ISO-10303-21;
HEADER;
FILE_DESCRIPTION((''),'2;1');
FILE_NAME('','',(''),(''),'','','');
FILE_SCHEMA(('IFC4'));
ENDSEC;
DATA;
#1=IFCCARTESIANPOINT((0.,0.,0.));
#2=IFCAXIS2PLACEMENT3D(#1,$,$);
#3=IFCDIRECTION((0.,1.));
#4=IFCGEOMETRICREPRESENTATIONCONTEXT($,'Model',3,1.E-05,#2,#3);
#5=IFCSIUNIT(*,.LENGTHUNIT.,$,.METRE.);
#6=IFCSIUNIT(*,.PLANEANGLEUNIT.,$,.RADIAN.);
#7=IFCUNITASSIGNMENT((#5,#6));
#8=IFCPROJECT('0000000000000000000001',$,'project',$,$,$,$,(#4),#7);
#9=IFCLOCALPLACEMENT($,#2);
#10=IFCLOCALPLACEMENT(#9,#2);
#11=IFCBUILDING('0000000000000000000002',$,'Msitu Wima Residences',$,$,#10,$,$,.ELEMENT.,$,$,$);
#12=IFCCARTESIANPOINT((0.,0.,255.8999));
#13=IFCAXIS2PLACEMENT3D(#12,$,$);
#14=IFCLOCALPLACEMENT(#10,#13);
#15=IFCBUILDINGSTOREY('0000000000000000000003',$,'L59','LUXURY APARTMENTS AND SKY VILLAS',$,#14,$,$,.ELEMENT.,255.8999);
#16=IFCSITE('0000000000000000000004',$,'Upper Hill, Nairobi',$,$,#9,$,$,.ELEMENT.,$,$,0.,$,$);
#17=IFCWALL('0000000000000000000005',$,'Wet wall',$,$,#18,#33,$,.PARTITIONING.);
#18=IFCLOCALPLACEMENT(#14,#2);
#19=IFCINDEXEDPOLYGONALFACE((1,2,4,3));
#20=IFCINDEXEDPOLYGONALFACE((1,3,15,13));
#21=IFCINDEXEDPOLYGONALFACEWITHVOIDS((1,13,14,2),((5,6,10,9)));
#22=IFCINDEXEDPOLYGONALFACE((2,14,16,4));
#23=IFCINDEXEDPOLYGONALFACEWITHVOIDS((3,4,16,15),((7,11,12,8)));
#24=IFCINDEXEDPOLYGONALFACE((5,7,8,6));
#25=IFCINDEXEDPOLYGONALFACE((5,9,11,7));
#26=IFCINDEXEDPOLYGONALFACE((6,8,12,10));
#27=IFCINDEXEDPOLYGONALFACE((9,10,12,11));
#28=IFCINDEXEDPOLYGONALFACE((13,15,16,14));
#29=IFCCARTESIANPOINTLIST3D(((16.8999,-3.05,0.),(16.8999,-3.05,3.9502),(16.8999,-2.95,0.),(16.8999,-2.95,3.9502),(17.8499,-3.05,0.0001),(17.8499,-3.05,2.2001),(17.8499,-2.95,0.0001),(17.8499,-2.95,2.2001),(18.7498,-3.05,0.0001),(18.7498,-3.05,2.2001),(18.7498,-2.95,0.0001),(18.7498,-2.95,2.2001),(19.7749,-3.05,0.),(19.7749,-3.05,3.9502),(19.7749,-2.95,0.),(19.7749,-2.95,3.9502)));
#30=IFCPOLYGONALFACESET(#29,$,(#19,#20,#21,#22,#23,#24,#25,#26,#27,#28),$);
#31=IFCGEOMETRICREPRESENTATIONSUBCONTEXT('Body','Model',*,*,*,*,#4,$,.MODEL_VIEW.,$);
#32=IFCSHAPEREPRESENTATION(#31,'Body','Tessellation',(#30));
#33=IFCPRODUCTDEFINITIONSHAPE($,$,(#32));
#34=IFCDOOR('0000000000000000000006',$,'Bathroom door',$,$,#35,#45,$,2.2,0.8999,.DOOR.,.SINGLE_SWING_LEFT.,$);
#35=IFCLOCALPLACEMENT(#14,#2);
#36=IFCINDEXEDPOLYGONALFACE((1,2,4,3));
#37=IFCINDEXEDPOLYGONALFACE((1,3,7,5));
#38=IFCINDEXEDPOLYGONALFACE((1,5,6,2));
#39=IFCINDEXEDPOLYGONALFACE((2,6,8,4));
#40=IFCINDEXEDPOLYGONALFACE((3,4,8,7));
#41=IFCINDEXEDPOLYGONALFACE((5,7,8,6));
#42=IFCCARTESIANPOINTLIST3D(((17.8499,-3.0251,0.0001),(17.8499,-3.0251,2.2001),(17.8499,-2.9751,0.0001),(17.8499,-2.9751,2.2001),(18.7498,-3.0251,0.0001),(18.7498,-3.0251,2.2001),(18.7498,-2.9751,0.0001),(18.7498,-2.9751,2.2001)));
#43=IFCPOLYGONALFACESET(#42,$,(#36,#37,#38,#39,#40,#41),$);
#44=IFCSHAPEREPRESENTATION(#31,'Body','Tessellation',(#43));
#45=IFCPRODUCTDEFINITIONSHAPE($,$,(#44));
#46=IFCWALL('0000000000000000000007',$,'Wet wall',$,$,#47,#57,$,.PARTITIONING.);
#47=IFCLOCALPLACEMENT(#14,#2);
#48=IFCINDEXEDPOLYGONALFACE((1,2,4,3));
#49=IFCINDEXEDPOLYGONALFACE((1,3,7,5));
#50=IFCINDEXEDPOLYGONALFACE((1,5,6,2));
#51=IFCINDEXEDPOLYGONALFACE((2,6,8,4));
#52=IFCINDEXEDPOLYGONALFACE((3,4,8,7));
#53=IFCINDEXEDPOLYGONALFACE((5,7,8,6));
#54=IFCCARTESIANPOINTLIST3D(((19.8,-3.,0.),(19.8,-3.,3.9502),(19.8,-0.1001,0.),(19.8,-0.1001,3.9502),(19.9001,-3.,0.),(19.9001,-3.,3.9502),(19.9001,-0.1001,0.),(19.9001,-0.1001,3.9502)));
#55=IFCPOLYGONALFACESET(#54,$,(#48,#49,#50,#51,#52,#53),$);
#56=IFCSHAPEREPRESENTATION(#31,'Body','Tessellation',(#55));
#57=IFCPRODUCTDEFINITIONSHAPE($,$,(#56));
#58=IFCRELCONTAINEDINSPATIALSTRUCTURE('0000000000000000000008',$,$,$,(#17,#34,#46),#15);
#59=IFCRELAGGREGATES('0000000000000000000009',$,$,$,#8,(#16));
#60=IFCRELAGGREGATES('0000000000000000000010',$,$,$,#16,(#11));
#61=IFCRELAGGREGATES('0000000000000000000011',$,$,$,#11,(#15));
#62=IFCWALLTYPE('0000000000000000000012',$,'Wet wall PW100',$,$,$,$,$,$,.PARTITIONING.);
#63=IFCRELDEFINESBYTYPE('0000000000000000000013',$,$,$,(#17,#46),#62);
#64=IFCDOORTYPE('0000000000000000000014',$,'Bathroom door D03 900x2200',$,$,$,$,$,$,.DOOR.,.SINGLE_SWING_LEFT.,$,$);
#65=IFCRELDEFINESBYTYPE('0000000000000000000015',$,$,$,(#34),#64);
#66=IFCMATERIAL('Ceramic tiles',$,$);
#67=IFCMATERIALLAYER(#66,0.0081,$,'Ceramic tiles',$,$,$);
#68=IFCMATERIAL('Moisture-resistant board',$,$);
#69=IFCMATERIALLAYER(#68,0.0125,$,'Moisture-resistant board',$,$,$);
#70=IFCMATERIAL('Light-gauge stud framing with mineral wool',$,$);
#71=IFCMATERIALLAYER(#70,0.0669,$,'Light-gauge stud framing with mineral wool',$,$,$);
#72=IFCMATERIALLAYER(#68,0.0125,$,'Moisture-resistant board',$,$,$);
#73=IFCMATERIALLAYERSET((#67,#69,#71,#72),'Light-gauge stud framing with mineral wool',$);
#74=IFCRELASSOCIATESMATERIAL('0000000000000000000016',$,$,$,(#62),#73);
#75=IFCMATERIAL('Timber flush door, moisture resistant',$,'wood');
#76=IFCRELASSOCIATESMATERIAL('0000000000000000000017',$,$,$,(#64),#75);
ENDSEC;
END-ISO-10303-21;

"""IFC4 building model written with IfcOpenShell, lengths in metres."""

from ifc_helpers import new_model, si_unit, direction, frame, frame_2d, origin, place, context, subcontext, project, spatial, rectangle, extrude, material, layer, layer_set, type_object, element, fill, save


model = new_model("IFC4")

# Units and contexts
model_context = context("Model", 3, precision=1e-05, world=origin(), true_north=direction((0.0, 1.0)))
body_context = subcontext(model_context, "Body", "Model", "MODEL_VIEW")
ifc_project = project(units=[si_unit("LENGTHUNIT", "METRE"), si_unit("PLANEANGLEUNIT", "RADIAN")], contexts=[model_context])

# Site, building, storey
site_placement = place(None, origin())
site = spatial("IfcSite", under=ifc_project, at=site_placement, Name="Upper Hill, Nairobi", CompositionType="ELEMENT", RefElevation=0.0)
building_placement = place(site_placement, origin())
building = spatial("IfcBuilding", under=site, at=building_placement, Name="Msitu Wima Residences", CompositionType="ELEMENT")
storey_placement = place(building_placement, frame((0.0, 0.0, 255.8999)))
storey = spatial("IfcBuildingStorey", under=building, at=storey_placement, Name="L59", Description="LUXURY APARTMENTS AND SKY VILLAS", CompositionType="ELEMENT", Elevation=255.8999)

# Wall, opening, door
ifc_material_1 = material(Name="Ceramic tiles")
ifc_layer_1 = layer(ifc_material_1, 0.0081, Name="Ceramic tiles")
ifc_material_2 = material(Name="Moisture-resistant board")
ifc_layer_2 = layer(ifc_material_2, 0.0125, Name="Moisture-resistant board")
ifc_material_3 = material(Name="Light-gauge stud framing with mineral wool")
ifc_layer_3 = layer(ifc_material_3, 0.0669, Name="Light-gauge stud framing with mineral wool")
ifc_layer_4 = layer(ifc_material_2, 0.0125, Name="Moisture-resistant board")
ifc_layer_set_1 = layer_set([ifc_layer_1, ifc_layer_2, ifc_layer_3, ifc_layer_4], Name="Light-gauge stud framing with mineral wool")
wall_type_1 = type_object("IfcWallType", Name="Wet wall PW100", PredefinedType="PARTITIONING", material=ifc_layer_set_1)
wall_1_placement = place(storey_placement, frame((16.8999, -3.0, 0.0), z_axis=(0.0, 0.0, 1.0), x_axis=(1.0, 0.0, 0.0)))
wall_1 = element("IfcWall", 1, at=wall_1_placement, inside=storey, type_object=wall_type_1, Name="Wet wall", PredefinedType="PARTITIONING", context=body_context, shape_type="SweptSolid", body=[
    extrude(rectangle(XDim=2.875, YDim=0.1001, at=frame_2d((1.4375, 0.0))), origin(), (0.0, 0.0, 1.0), 3.9502),
])
opening_1_placement = place(wall_1_placement, frame((0.95, 0.0, 0.0)))
opening_1 = element("IfcOpeningElement", 2, at=opening_1_placement, cuts=wall_1, PredefinedType="OPENING", context=body_context, shape_type="SweptSolid", body=[
    extrude(rectangle(XDim=0.8999, YDim=2.2, at=frame_2d((0.45, 1.1001))), frame((0.0, 0.0601, 0.0), z_axis=(0.0, -1.0, 0.0), x_axis=(1.0, 0.0, 0.0)), (0.0, 0.0, 1.0), 0.1201),
])
ifc_material_4 = material(Name="Timber flush door, moisture resistant", Category="wood")
door_type_1 = type_object("IfcDoorType", Name="Bathroom door D03 900x2200", OperationType="SINGLE_SWING_LEFT", PredefinedType="DOOR", material=ifc_material_4)
door_1_placement = place(opening_1_placement, origin())
door_1 = element("IfcDoor", 3, at=door_1_placement, inside=storey, type_object=door_type_1, Name="Bathroom door", OperationType="SINGLE_SWING_LEFT", OverallHeight=2.2, OverallWidth=0.8999, PredefinedType="DOOR", context=body_context, shape_type="SweptSolid", body=[
    extrude(rectangle(XDim=0.8999, YDim=2.2, at=frame_2d((0.45, 1.1001))), frame((0.0, 0.0249, 0.0), z_axis=(0.0, -1.0, 0.0), x_axis=(1.0, 0.0, 0.0)), (0.0, 0.0, 1.0), 0.05),
])
fill(opening_1, door_1)

# Wall
wall_2_placement = place(storey_placement, frame((19.8501, -3.0, 0.0), z_axis=(0.0, 0.0, 1.0), x_axis=(0.0, 1.0, 0.0)))
element("IfcWall", 4, at=wall_2_placement, inside=storey, type_object=wall_type_1, Name="Wet wall", PredefinedType="PARTITIONING", context=body_context, shape_type="SweptSolid", body=[
    extrude(rectangle(XDim=2.8999, YDim=0.1001, at=frame_2d((1.45, 0.0))), origin(), (0.0, 0.0, 1.0), 3.9502),
])

save(model, "model.ifc")
